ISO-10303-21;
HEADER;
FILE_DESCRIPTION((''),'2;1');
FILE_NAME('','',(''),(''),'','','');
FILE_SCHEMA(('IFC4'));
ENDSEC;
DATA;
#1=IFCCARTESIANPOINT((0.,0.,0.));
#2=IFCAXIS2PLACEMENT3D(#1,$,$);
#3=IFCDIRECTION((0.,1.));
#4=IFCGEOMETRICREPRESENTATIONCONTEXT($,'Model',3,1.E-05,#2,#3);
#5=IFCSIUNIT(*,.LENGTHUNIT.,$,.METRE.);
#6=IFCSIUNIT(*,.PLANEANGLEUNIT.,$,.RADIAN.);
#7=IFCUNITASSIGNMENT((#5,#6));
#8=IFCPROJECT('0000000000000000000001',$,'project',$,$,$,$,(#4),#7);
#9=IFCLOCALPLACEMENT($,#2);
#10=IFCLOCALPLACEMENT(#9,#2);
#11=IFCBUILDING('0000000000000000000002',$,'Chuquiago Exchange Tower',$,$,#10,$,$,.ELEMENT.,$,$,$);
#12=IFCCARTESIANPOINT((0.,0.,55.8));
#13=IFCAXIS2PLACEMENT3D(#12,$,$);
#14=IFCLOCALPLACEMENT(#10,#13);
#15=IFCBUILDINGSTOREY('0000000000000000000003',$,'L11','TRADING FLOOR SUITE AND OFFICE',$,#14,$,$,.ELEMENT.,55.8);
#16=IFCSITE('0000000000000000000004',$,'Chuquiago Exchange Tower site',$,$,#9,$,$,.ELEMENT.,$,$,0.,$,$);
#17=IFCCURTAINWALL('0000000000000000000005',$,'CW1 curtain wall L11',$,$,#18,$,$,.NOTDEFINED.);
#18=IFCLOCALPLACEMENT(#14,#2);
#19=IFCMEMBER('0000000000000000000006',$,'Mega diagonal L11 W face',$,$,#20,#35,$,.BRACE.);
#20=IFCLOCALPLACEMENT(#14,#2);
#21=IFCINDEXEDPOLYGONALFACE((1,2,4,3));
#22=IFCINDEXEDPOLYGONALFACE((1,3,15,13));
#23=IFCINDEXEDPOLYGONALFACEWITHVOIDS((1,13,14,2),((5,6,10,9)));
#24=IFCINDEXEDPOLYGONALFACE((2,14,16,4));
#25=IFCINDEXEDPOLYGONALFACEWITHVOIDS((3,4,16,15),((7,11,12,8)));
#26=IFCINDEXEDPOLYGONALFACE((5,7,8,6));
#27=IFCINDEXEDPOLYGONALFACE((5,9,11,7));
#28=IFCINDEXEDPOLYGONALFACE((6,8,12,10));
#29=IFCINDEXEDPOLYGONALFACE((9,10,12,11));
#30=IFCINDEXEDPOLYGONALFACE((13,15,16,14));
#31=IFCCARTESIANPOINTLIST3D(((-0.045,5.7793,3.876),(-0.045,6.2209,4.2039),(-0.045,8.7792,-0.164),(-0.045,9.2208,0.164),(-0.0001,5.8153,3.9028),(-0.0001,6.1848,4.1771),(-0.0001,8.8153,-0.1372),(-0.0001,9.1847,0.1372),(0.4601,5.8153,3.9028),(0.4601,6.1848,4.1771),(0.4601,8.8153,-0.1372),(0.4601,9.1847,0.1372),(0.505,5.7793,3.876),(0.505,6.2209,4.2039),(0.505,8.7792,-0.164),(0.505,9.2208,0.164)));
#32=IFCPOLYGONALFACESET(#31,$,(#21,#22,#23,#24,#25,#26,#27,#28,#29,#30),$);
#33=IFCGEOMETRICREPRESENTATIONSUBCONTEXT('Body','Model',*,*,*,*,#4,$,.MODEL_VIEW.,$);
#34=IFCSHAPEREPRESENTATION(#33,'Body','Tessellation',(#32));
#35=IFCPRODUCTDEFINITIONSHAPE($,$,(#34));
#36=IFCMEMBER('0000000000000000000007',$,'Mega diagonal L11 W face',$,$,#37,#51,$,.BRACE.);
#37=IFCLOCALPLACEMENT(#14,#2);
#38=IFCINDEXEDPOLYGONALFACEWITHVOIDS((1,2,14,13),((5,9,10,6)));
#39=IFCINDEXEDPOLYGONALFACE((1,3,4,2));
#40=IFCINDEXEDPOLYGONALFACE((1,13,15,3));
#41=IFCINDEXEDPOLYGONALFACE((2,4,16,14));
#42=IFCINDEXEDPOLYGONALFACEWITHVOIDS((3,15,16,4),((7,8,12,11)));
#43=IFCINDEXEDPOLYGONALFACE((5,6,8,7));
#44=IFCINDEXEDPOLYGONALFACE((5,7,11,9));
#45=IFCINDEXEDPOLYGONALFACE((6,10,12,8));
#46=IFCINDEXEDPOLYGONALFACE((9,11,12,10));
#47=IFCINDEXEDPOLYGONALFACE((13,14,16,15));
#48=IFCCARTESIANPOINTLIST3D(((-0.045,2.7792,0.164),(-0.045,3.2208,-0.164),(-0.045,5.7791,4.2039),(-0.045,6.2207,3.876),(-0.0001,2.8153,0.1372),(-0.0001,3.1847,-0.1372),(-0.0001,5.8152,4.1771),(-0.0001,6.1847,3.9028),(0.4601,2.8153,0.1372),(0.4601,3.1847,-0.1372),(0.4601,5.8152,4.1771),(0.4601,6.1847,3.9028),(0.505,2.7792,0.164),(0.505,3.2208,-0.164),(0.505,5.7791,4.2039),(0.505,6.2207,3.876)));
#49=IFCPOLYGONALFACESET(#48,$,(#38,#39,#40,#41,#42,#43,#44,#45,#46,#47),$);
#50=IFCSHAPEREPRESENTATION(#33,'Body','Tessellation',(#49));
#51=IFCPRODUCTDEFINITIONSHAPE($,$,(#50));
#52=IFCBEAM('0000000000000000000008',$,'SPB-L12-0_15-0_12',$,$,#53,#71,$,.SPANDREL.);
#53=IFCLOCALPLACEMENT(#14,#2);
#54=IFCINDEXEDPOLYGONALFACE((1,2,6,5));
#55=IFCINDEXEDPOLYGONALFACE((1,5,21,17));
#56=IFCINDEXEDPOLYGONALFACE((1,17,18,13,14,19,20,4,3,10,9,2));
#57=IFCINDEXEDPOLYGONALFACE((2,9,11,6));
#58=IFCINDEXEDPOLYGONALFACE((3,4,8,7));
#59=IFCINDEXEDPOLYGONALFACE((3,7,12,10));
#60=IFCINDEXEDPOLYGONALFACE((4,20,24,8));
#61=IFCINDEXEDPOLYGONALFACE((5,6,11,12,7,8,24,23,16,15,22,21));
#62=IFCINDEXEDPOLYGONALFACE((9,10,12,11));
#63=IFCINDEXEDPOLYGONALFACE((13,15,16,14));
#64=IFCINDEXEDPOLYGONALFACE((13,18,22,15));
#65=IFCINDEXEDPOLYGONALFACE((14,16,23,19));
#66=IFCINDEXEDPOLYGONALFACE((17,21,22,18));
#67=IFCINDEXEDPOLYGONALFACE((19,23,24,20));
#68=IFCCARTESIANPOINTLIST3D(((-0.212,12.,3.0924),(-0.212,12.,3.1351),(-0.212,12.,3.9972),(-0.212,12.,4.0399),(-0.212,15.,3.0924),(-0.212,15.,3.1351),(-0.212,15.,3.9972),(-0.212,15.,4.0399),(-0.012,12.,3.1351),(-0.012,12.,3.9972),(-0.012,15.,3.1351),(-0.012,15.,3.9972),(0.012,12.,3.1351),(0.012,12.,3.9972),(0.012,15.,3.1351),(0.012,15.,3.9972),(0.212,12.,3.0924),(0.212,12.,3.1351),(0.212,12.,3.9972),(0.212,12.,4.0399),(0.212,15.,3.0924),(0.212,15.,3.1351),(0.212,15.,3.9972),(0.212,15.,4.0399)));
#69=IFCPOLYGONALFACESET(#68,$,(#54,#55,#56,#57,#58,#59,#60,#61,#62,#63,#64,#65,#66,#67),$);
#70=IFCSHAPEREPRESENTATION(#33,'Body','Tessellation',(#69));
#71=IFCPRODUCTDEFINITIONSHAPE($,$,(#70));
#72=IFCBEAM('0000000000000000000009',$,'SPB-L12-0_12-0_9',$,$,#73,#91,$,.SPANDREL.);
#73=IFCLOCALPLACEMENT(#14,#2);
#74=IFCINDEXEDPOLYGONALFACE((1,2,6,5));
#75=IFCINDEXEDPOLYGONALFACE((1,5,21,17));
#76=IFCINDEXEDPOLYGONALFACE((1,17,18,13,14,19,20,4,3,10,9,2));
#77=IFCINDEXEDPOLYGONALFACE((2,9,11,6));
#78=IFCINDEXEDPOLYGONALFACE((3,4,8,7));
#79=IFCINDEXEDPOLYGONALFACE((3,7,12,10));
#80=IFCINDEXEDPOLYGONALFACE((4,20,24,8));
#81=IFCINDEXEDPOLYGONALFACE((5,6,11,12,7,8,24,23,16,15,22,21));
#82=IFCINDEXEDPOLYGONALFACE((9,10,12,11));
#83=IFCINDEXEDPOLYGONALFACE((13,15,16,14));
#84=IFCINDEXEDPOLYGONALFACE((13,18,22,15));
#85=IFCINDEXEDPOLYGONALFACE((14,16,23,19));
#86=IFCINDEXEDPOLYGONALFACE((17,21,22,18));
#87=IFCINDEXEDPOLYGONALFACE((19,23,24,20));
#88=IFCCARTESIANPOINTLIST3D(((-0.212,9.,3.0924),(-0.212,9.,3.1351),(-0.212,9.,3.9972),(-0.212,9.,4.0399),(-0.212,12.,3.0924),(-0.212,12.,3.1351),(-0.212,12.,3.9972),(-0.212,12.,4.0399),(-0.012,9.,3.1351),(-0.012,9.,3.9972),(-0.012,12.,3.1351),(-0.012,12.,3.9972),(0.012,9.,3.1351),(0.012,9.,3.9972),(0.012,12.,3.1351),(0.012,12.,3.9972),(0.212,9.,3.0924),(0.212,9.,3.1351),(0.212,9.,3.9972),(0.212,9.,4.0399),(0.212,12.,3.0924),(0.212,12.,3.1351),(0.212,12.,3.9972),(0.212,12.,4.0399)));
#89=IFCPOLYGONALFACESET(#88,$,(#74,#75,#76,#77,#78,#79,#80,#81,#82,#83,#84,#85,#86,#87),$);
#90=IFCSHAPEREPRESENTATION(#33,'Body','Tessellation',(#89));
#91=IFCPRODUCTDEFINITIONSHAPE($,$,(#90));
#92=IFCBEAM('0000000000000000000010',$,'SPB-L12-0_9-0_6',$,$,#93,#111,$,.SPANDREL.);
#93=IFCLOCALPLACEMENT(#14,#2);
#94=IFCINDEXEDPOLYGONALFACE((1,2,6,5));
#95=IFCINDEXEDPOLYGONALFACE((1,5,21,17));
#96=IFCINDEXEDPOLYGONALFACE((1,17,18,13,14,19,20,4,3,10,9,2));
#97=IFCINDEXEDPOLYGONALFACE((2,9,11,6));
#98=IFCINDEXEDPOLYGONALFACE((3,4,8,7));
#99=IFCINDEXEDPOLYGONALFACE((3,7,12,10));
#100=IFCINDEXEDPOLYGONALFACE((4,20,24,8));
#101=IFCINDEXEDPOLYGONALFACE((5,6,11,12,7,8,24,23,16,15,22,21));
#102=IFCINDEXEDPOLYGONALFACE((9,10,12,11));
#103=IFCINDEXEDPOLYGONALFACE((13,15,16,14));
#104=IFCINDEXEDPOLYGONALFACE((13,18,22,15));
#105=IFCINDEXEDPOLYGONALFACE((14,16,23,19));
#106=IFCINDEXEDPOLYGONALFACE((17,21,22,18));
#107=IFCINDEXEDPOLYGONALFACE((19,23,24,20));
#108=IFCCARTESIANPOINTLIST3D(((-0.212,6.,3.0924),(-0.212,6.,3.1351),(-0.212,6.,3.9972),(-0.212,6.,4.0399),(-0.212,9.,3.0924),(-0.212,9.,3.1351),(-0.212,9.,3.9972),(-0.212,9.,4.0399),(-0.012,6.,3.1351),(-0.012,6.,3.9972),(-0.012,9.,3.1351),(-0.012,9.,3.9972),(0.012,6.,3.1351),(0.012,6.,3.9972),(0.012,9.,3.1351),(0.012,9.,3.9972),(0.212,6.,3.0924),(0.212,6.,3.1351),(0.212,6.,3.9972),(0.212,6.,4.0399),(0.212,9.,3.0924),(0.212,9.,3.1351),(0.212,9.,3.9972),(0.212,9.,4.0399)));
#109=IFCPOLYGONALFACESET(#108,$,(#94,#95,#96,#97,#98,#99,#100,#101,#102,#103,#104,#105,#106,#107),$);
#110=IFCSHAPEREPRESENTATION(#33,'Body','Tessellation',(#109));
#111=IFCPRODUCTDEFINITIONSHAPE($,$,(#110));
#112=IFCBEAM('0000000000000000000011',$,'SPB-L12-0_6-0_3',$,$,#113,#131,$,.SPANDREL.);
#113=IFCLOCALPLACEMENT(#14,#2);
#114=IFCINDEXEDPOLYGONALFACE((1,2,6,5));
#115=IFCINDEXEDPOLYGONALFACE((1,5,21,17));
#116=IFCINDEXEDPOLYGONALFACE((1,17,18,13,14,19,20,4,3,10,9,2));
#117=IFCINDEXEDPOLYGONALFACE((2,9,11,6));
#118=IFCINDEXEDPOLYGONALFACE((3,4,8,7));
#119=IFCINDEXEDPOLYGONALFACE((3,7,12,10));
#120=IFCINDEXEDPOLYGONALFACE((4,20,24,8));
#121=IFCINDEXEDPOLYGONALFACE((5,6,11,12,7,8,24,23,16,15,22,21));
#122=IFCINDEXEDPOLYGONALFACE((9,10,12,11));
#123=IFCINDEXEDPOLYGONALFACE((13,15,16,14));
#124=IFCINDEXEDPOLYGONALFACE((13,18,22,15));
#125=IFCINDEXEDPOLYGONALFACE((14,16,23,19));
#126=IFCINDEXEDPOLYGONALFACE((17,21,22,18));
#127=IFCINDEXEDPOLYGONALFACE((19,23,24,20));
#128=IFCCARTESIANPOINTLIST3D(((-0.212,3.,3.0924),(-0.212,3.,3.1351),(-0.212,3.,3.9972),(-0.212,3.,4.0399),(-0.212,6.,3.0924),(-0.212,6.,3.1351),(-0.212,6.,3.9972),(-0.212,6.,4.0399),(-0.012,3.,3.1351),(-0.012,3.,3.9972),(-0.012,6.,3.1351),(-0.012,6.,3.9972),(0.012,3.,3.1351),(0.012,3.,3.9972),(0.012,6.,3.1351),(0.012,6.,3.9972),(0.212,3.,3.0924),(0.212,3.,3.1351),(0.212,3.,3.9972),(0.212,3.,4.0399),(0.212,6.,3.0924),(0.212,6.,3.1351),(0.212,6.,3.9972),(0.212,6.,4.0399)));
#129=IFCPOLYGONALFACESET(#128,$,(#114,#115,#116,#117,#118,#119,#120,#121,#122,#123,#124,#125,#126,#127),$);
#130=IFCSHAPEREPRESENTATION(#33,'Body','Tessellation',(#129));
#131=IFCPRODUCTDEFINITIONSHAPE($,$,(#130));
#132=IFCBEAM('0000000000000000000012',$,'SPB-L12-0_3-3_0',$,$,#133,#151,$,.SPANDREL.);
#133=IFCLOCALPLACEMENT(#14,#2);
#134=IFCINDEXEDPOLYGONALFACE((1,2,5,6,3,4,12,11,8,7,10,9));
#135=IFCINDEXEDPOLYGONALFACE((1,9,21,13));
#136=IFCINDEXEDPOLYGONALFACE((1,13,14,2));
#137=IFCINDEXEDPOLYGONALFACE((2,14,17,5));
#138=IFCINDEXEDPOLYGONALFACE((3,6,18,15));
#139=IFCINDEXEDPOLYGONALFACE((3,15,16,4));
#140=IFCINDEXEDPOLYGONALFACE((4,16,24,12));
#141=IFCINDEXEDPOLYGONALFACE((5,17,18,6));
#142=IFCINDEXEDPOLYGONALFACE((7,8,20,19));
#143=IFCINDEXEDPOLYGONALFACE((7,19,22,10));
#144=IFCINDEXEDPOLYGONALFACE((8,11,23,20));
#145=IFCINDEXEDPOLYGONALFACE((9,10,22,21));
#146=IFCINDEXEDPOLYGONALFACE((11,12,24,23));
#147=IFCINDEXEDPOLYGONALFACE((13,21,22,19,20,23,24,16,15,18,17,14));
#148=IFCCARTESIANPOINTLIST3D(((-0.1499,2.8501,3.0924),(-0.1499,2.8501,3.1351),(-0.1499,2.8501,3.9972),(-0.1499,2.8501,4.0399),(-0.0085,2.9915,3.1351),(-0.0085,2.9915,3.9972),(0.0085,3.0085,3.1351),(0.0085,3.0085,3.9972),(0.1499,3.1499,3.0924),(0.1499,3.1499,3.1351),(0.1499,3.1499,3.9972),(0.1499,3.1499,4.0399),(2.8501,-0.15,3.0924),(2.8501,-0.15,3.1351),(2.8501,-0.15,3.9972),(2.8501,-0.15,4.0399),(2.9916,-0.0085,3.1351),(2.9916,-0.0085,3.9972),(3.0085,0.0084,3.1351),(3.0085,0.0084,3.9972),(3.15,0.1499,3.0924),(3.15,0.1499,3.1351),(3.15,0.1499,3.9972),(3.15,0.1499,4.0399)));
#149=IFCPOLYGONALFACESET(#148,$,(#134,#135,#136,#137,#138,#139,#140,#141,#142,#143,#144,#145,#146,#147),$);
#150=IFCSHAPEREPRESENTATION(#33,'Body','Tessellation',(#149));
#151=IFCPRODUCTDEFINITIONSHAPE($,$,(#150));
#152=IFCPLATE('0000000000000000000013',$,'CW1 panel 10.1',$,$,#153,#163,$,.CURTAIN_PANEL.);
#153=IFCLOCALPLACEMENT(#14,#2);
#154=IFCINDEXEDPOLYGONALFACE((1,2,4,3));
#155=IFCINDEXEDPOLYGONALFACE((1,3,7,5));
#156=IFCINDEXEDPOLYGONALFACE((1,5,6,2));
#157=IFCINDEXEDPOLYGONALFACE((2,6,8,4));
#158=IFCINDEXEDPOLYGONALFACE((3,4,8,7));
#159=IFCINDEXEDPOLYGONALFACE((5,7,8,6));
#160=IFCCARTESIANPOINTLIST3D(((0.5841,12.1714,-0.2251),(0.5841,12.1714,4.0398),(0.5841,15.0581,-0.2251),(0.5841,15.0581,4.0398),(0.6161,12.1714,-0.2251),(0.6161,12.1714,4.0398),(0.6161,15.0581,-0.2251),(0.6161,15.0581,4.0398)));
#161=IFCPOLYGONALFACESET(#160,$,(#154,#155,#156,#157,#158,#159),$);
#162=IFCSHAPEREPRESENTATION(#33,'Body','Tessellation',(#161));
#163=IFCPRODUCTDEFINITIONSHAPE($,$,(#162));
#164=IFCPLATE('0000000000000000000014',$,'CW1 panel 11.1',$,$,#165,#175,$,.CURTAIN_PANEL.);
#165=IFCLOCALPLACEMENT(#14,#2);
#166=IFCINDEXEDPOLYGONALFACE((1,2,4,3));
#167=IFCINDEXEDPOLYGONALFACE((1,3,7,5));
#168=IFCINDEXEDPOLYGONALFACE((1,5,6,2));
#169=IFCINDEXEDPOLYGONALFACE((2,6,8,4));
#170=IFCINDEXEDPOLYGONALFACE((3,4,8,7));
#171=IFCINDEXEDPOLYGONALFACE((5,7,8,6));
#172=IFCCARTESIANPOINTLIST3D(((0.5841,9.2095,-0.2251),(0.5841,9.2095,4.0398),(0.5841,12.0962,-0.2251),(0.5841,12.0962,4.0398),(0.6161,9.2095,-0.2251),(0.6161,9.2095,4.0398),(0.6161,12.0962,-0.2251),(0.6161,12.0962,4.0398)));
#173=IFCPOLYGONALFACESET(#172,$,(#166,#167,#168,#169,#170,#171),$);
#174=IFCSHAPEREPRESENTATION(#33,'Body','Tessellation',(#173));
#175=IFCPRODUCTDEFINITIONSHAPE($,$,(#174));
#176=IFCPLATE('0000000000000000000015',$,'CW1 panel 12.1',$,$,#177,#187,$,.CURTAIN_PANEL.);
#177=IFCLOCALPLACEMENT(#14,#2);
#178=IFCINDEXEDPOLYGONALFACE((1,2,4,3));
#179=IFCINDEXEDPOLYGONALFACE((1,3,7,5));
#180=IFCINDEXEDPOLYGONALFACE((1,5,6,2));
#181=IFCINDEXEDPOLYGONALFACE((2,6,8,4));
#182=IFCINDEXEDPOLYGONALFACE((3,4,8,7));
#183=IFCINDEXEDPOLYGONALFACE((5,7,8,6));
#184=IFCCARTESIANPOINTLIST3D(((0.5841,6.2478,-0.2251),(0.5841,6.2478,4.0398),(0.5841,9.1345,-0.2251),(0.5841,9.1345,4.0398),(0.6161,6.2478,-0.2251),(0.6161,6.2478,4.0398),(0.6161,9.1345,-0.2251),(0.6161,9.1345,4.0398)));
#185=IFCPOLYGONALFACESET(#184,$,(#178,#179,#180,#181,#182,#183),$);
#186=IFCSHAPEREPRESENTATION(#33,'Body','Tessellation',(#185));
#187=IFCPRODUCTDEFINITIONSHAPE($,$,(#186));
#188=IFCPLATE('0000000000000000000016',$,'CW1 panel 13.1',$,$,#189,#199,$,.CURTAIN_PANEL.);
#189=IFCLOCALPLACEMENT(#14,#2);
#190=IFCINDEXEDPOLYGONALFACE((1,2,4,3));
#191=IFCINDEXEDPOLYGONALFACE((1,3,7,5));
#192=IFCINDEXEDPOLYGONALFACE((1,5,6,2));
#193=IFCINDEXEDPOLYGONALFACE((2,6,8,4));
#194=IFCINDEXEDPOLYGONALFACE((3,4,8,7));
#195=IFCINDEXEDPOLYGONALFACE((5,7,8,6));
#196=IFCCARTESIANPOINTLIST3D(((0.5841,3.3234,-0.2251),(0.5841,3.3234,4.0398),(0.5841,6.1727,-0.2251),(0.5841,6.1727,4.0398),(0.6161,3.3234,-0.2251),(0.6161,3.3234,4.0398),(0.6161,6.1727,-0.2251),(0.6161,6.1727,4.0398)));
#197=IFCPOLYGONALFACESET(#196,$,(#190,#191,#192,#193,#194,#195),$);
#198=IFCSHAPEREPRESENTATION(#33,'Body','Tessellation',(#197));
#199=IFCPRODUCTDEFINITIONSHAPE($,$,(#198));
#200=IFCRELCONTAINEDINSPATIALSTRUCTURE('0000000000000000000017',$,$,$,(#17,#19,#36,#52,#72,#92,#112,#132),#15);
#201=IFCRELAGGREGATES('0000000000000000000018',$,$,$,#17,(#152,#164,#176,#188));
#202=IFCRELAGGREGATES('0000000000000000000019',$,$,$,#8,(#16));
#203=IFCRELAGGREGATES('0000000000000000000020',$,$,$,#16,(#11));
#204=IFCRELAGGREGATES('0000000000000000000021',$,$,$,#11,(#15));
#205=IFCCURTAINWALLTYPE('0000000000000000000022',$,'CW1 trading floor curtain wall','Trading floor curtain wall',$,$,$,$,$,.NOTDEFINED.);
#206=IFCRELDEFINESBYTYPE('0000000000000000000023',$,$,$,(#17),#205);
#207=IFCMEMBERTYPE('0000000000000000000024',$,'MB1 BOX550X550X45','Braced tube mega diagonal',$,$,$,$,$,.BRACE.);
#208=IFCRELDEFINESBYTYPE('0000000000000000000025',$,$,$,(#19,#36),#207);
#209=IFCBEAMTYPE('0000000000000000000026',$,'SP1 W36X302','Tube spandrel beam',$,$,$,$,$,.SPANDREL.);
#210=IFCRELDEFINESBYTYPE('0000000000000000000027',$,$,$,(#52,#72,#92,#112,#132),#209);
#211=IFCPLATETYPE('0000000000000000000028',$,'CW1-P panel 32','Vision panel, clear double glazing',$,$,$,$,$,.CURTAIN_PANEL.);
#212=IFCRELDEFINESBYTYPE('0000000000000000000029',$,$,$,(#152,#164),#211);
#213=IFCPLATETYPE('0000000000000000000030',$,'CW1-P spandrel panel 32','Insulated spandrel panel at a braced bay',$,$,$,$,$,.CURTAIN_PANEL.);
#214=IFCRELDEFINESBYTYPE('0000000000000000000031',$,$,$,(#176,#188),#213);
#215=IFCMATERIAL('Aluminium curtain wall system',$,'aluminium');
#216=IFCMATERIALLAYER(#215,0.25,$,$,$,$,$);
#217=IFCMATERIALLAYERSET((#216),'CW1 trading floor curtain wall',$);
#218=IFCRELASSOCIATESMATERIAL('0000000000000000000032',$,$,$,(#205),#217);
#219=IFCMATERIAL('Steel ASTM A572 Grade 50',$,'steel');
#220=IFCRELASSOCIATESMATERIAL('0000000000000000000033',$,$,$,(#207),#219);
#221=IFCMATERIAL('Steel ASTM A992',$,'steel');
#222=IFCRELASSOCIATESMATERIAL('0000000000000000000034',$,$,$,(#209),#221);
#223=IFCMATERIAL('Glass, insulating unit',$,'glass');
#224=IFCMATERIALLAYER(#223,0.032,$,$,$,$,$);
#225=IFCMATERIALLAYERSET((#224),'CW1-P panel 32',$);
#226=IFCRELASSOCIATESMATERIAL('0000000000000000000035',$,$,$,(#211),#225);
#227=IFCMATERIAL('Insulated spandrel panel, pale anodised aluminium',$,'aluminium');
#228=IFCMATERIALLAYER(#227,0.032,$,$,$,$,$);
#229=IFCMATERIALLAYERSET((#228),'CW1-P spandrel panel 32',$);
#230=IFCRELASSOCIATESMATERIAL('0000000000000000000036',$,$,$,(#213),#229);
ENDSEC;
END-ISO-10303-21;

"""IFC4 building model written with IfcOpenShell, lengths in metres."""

from ifc_helpers import new_model, si_unit, direction, frame, origin, origin_2d, place, context, subcontext, project, spatial, rectangle, hollow_rectangle, i_section, extrude, material, layer, layer_set, material_profile, profile_set, type_object, element, aggregate, save


model = new_model("IFC4")

# Units and contexts
model_context = context("Model", 3, precision=1e-05, world=origin(), true_north=direction((0.0, 1.0)))
body_context = subcontext(model_context, "Body", "Model", "MODEL_VIEW")
ifc_project = project(units=[si_unit("LENGTHUNIT", "METRE"), si_unit("PLANEANGLEUNIT", "RADIAN")], contexts=[model_context])

# Site, building, storey
site_placement = place(None, origin())
site = spatial("IfcSite", under=ifc_project, at=site_placement, Name="Chuquiago Exchange Tower site", CompositionType="ELEMENT", RefElevation=0.0)
building_placement = place(site_placement, origin())
building = spatial("IfcBuilding", under=site, at=building_placement, Name="Chuquiago Exchange Tower", CompositionType="ELEMENT")
storey_placement = place(building_placement, frame((0.0, 0.0, 55.8)))
storey = spatial("IfcBuildingStorey", under=building, at=storey_placement, Name="L11", Description="TRADING FLOOR SUITE AND OFFICE", CompositionType="ELEMENT", Elevation=55.8)

# Curtain wall
ifc_material_1 = material(Name="Aluminium curtain wall system", Category="aluminium")
ifc_layer_1 = layer(ifc_material_1, 0.25)
ifc_layer_set_1 = layer_set([ifc_layer_1], Name="CW1 trading floor curtain wall")
curtain_wall_type = type_object("IfcCurtainWallType", Name="CW1 trading floor curtain wall", Description="Trading floor curtain wall", PredefinedType="NOTDEFINED", material=ifc_layer_set_1)
curtain_wall_placement = place(storey_placement, origin())
curtain_wall = element("IfcCurtainWall", 1, at=curtain_wall_placement, inside=storey, type_object=curtain_wall_type, Name="CW1 curtain wall L11", PredefinedType="NOTDEFINED")

# Members
ifc_material_2 = material(Name="Steel ASTM A572 Grade 50", Category="steel")
ifc_material_profile_1 = material_profile(ifc_material_2, hollow_rectangle(XDim=0.55, YDim=0.55, WallThickness=0.0449, at=origin_2d()), Name="BOX550X550X45")
ifc_profile_set_1 = profile_set([ifc_material_profile_1], Name="Steel ASTM A572 Grade 50")
member_type_1 = type_object("IfcMemberType", Name="MB1 BOX550X550X45", Description="Braced tube mega diagonal", PredefinedType="BRACE", material=ifc_profile_set_1)
for number, where, z_axis, x_axis, name in (
    (2, (0.23, 9.0, 0.0), (0.0, -0.596174, 0.802855), (1.0, 0.0, 0.0), "Mega diagonal L11 W face"),
    (3, (0.23, 3.0, 0.0), (0.0, 0.596174, 0.802855), (-1.0, 0.0, 0.0), "Mega diagonal L11 W face"),
):
    element("IfcMember", number, at=place(storey_placement, frame(where, z_axis=z_axis, x_axis=x_axis)), inside=storey, type_object=member_type_1, Name=name, PredefinedType="BRACE", context=body_context, shape_type="SweptSolid", body=[
        extrude(hollow_rectangle(XDim=0.55, YDim=0.55, WallThickness=0.0449, at=origin_2d()), origin(), (0.0, 0.0, 1.0), 5.032),
    ])

# Beams
ifc_material_3 = material(Name="Steel ASTM A992", Category="steel")
ifc_material_profile_2 = material_profile(ifc_material_3, i_section(OverallWidth=0.4241, OverallDepth=0.9475, WebThickness=0.0239, FlangeThickness=0.0427, at=origin_2d()), Name="W36X302")
ifc_profile_set_2 = profile_set([ifc_material_profile_2], Name="Steel ASTM A992")
beam_type = type_object("IfcBeamType", Name="SP1 W36X302", Description="Tube spandrel beam", PredefinedType="SPANDREL", material=ifc_profile_set_2)
for number, where, z_axis, x_axis, name in (
    (4, (0.0, 15.0, 3.5662), (0.0, -1.0, 0.0), (1.0, 0.0, 0.0), "SPB-L12-0_15-0_12"),
    (5, (0.0, 12.0, 3.5662), (0.0, -1.0, 0.0), (1.0, 0.0, 0.0), "SPB-L12-0_12-0_9"),
    (6, (0.0, 9.0, 3.5662), (0.0, -1.0, 0.0), (1.0, 0.0, 0.0), "SPB-L12-0_9-0_6"),
    (7, (0.0, 6.0, 3.5662), (0.0, -1.0, 0.0), (1.0, 0.0, 0.0), "SPB-L12-0_6-0_3"),
):
    element("IfcBeam", number, at=place(storey_placement, frame(where, z_axis=z_axis, x_axis=x_axis)), inside=storey, type_object=beam_type, Name=name, PredefinedType="SPANDREL", context=body_context, shape_type="SweptSolid", body=[
        extrude(i_section(OverallWidth=0.4241, OverallDepth=0.9475, WebThickness=0.0239, FlangeThickness=0.0427, at=origin_2d()), origin(), (0.0, 0.0, 1.0), 3.0),
    ])
beam_placement = place(storey_placement, frame((0.0, 3.0, 3.5662), z_axis=(0.707107, -0.707107, 0.0), x_axis=(0.707107, 0.707107, 0.0)))
element("IfcBeam", 8, at=beam_placement, inside=storey, type_object=beam_type, Name="SPB-L12-0_3-3_0", PredefinedType="SPANDREL", context=body_context, shape_type="SweptSolid", body=[
    extrude(i_section(OverallWidth=0.4241, OverallDepth=0.9475, WebThickness=0.0239, FlangeThickness=0.0427, at=origin_2d()), origin(), (0.0, 0.0, 1.0), 4.2427),
])

# Plates
ifc_material_4 = material(Name="Glass, insulating unit", Category="glass")
ifc_layer_2 = layer(ifc_material_4, 0.032)
ifc_layer_set_2 = layer_set([ifc_layer_2], Name="CW1-P panel 32")
plate_type_1 = type_object("IfcPlateType", Name="CW1-P panel 32", Description="Vision panel, clear double glazing", PredefinedType="CURTAIN_PANEL", material=ifc_layer_set_2)
plate_1_placement = place(storey_placement, frame((0.6001, 13.6147, -0.2251), z_axis=(0.0, 0.0, 1.0), x_axis=(0.0, -1.0, 0.0)))
plate_1 = element("IfcPlate", 9, at=plate_1_placement, type_object=plate_type_1, Name="CW1 panel 10.1", PredefinedType="CURTAIN_PANEL", context=body_context, shape_type="SweptSolid", body=[
    extrude(rectangle(XDim=2.8867, YDim=0.032, at=origin_2d()), origin(), (0.0, 0.0, 1.0), 4.2649),
])
plate_2_placement = place(storey_placement, frame((0.6001, 10.6528, -0.2251), z_axis=(0.0, 0.0, 1.0), x_axis=(0.0, -1.0, 0.0)))
plate_2 = element("IfcPlate", 10, at=plate_2_placement, type_object=plate_type_1, Name="CW1 panel 11.1", PredefinedType="CURTAIN_PANEL", context=body_context, shape_type="SweptSolid", body=[
    extrude(rectangle(XDim=2.8867, YDim=0.032, at=origin_2d()), origin(), (0.0, 0.0, 1.0), 4.2649),
])
ifc_material_5 = material(Name="Insulated spandrel panel, pale anodised aluminium", Category="aluminium")
ifc_layer_3 = layer(ifc_material_5, 0.032)
ifc_layer_set_3 = layer_set([ifc_layer_3], Name="CW1-P spandrel panel 32")
plate_type_2 = type_object("IfcPlateType", Name="CW1-P spandrel panel 32", Description="Insulated spandrel panel at a braced bay", PredefinedType="CURTAIN_PANEL", material=ifc_layer_set_3)
plate_3_placement = place(storey_placement, frame((0.6001, 7.6912, -0.2251), z_axis=(0.0, 0.0, 1.0), x_axis=(0.0, -1.0, 0.0)))
plate_3 = element("IfcPlate", 11, at=plate_3_placement, type_object=plate_type_2, Name="CW1 panel 12.1", PredefinedType="CURTAIN_PANEL", context=body_context, shape_type="SweptSolid", body=[
    extrude(rectangle(XDim=2.8867, YDim=0.032, at=origin_2d()), origin(), (0.0, 0.0, 1.0), 4.2649),
])
plate_4_placement = place(storey_placement, frame((0.6001, 4.748, -0.2251), z_axis=(0.0, 0.0, 1.0), x_axis=(0.0, -1.0, 0.0)))
plate_4 = element("IfcPlate", 12, at=plate_4_placement, type_object=plate_type_2, Name="CW1 panel 13.1", PredefinedType="CURTAIN_PANEL", context=body_context, shape_type="SweptSolid", body=[
    extrude(rectangle(XDim=2.8494, YDim=0.032, at=origin_2d()), origin(), (0.0, 0.0, 1.0), 4.2649),
])
aggregate(curtain_wall, [plate_1, plate_2, plate_3, plate_4])

save(model, "model.ifc")
